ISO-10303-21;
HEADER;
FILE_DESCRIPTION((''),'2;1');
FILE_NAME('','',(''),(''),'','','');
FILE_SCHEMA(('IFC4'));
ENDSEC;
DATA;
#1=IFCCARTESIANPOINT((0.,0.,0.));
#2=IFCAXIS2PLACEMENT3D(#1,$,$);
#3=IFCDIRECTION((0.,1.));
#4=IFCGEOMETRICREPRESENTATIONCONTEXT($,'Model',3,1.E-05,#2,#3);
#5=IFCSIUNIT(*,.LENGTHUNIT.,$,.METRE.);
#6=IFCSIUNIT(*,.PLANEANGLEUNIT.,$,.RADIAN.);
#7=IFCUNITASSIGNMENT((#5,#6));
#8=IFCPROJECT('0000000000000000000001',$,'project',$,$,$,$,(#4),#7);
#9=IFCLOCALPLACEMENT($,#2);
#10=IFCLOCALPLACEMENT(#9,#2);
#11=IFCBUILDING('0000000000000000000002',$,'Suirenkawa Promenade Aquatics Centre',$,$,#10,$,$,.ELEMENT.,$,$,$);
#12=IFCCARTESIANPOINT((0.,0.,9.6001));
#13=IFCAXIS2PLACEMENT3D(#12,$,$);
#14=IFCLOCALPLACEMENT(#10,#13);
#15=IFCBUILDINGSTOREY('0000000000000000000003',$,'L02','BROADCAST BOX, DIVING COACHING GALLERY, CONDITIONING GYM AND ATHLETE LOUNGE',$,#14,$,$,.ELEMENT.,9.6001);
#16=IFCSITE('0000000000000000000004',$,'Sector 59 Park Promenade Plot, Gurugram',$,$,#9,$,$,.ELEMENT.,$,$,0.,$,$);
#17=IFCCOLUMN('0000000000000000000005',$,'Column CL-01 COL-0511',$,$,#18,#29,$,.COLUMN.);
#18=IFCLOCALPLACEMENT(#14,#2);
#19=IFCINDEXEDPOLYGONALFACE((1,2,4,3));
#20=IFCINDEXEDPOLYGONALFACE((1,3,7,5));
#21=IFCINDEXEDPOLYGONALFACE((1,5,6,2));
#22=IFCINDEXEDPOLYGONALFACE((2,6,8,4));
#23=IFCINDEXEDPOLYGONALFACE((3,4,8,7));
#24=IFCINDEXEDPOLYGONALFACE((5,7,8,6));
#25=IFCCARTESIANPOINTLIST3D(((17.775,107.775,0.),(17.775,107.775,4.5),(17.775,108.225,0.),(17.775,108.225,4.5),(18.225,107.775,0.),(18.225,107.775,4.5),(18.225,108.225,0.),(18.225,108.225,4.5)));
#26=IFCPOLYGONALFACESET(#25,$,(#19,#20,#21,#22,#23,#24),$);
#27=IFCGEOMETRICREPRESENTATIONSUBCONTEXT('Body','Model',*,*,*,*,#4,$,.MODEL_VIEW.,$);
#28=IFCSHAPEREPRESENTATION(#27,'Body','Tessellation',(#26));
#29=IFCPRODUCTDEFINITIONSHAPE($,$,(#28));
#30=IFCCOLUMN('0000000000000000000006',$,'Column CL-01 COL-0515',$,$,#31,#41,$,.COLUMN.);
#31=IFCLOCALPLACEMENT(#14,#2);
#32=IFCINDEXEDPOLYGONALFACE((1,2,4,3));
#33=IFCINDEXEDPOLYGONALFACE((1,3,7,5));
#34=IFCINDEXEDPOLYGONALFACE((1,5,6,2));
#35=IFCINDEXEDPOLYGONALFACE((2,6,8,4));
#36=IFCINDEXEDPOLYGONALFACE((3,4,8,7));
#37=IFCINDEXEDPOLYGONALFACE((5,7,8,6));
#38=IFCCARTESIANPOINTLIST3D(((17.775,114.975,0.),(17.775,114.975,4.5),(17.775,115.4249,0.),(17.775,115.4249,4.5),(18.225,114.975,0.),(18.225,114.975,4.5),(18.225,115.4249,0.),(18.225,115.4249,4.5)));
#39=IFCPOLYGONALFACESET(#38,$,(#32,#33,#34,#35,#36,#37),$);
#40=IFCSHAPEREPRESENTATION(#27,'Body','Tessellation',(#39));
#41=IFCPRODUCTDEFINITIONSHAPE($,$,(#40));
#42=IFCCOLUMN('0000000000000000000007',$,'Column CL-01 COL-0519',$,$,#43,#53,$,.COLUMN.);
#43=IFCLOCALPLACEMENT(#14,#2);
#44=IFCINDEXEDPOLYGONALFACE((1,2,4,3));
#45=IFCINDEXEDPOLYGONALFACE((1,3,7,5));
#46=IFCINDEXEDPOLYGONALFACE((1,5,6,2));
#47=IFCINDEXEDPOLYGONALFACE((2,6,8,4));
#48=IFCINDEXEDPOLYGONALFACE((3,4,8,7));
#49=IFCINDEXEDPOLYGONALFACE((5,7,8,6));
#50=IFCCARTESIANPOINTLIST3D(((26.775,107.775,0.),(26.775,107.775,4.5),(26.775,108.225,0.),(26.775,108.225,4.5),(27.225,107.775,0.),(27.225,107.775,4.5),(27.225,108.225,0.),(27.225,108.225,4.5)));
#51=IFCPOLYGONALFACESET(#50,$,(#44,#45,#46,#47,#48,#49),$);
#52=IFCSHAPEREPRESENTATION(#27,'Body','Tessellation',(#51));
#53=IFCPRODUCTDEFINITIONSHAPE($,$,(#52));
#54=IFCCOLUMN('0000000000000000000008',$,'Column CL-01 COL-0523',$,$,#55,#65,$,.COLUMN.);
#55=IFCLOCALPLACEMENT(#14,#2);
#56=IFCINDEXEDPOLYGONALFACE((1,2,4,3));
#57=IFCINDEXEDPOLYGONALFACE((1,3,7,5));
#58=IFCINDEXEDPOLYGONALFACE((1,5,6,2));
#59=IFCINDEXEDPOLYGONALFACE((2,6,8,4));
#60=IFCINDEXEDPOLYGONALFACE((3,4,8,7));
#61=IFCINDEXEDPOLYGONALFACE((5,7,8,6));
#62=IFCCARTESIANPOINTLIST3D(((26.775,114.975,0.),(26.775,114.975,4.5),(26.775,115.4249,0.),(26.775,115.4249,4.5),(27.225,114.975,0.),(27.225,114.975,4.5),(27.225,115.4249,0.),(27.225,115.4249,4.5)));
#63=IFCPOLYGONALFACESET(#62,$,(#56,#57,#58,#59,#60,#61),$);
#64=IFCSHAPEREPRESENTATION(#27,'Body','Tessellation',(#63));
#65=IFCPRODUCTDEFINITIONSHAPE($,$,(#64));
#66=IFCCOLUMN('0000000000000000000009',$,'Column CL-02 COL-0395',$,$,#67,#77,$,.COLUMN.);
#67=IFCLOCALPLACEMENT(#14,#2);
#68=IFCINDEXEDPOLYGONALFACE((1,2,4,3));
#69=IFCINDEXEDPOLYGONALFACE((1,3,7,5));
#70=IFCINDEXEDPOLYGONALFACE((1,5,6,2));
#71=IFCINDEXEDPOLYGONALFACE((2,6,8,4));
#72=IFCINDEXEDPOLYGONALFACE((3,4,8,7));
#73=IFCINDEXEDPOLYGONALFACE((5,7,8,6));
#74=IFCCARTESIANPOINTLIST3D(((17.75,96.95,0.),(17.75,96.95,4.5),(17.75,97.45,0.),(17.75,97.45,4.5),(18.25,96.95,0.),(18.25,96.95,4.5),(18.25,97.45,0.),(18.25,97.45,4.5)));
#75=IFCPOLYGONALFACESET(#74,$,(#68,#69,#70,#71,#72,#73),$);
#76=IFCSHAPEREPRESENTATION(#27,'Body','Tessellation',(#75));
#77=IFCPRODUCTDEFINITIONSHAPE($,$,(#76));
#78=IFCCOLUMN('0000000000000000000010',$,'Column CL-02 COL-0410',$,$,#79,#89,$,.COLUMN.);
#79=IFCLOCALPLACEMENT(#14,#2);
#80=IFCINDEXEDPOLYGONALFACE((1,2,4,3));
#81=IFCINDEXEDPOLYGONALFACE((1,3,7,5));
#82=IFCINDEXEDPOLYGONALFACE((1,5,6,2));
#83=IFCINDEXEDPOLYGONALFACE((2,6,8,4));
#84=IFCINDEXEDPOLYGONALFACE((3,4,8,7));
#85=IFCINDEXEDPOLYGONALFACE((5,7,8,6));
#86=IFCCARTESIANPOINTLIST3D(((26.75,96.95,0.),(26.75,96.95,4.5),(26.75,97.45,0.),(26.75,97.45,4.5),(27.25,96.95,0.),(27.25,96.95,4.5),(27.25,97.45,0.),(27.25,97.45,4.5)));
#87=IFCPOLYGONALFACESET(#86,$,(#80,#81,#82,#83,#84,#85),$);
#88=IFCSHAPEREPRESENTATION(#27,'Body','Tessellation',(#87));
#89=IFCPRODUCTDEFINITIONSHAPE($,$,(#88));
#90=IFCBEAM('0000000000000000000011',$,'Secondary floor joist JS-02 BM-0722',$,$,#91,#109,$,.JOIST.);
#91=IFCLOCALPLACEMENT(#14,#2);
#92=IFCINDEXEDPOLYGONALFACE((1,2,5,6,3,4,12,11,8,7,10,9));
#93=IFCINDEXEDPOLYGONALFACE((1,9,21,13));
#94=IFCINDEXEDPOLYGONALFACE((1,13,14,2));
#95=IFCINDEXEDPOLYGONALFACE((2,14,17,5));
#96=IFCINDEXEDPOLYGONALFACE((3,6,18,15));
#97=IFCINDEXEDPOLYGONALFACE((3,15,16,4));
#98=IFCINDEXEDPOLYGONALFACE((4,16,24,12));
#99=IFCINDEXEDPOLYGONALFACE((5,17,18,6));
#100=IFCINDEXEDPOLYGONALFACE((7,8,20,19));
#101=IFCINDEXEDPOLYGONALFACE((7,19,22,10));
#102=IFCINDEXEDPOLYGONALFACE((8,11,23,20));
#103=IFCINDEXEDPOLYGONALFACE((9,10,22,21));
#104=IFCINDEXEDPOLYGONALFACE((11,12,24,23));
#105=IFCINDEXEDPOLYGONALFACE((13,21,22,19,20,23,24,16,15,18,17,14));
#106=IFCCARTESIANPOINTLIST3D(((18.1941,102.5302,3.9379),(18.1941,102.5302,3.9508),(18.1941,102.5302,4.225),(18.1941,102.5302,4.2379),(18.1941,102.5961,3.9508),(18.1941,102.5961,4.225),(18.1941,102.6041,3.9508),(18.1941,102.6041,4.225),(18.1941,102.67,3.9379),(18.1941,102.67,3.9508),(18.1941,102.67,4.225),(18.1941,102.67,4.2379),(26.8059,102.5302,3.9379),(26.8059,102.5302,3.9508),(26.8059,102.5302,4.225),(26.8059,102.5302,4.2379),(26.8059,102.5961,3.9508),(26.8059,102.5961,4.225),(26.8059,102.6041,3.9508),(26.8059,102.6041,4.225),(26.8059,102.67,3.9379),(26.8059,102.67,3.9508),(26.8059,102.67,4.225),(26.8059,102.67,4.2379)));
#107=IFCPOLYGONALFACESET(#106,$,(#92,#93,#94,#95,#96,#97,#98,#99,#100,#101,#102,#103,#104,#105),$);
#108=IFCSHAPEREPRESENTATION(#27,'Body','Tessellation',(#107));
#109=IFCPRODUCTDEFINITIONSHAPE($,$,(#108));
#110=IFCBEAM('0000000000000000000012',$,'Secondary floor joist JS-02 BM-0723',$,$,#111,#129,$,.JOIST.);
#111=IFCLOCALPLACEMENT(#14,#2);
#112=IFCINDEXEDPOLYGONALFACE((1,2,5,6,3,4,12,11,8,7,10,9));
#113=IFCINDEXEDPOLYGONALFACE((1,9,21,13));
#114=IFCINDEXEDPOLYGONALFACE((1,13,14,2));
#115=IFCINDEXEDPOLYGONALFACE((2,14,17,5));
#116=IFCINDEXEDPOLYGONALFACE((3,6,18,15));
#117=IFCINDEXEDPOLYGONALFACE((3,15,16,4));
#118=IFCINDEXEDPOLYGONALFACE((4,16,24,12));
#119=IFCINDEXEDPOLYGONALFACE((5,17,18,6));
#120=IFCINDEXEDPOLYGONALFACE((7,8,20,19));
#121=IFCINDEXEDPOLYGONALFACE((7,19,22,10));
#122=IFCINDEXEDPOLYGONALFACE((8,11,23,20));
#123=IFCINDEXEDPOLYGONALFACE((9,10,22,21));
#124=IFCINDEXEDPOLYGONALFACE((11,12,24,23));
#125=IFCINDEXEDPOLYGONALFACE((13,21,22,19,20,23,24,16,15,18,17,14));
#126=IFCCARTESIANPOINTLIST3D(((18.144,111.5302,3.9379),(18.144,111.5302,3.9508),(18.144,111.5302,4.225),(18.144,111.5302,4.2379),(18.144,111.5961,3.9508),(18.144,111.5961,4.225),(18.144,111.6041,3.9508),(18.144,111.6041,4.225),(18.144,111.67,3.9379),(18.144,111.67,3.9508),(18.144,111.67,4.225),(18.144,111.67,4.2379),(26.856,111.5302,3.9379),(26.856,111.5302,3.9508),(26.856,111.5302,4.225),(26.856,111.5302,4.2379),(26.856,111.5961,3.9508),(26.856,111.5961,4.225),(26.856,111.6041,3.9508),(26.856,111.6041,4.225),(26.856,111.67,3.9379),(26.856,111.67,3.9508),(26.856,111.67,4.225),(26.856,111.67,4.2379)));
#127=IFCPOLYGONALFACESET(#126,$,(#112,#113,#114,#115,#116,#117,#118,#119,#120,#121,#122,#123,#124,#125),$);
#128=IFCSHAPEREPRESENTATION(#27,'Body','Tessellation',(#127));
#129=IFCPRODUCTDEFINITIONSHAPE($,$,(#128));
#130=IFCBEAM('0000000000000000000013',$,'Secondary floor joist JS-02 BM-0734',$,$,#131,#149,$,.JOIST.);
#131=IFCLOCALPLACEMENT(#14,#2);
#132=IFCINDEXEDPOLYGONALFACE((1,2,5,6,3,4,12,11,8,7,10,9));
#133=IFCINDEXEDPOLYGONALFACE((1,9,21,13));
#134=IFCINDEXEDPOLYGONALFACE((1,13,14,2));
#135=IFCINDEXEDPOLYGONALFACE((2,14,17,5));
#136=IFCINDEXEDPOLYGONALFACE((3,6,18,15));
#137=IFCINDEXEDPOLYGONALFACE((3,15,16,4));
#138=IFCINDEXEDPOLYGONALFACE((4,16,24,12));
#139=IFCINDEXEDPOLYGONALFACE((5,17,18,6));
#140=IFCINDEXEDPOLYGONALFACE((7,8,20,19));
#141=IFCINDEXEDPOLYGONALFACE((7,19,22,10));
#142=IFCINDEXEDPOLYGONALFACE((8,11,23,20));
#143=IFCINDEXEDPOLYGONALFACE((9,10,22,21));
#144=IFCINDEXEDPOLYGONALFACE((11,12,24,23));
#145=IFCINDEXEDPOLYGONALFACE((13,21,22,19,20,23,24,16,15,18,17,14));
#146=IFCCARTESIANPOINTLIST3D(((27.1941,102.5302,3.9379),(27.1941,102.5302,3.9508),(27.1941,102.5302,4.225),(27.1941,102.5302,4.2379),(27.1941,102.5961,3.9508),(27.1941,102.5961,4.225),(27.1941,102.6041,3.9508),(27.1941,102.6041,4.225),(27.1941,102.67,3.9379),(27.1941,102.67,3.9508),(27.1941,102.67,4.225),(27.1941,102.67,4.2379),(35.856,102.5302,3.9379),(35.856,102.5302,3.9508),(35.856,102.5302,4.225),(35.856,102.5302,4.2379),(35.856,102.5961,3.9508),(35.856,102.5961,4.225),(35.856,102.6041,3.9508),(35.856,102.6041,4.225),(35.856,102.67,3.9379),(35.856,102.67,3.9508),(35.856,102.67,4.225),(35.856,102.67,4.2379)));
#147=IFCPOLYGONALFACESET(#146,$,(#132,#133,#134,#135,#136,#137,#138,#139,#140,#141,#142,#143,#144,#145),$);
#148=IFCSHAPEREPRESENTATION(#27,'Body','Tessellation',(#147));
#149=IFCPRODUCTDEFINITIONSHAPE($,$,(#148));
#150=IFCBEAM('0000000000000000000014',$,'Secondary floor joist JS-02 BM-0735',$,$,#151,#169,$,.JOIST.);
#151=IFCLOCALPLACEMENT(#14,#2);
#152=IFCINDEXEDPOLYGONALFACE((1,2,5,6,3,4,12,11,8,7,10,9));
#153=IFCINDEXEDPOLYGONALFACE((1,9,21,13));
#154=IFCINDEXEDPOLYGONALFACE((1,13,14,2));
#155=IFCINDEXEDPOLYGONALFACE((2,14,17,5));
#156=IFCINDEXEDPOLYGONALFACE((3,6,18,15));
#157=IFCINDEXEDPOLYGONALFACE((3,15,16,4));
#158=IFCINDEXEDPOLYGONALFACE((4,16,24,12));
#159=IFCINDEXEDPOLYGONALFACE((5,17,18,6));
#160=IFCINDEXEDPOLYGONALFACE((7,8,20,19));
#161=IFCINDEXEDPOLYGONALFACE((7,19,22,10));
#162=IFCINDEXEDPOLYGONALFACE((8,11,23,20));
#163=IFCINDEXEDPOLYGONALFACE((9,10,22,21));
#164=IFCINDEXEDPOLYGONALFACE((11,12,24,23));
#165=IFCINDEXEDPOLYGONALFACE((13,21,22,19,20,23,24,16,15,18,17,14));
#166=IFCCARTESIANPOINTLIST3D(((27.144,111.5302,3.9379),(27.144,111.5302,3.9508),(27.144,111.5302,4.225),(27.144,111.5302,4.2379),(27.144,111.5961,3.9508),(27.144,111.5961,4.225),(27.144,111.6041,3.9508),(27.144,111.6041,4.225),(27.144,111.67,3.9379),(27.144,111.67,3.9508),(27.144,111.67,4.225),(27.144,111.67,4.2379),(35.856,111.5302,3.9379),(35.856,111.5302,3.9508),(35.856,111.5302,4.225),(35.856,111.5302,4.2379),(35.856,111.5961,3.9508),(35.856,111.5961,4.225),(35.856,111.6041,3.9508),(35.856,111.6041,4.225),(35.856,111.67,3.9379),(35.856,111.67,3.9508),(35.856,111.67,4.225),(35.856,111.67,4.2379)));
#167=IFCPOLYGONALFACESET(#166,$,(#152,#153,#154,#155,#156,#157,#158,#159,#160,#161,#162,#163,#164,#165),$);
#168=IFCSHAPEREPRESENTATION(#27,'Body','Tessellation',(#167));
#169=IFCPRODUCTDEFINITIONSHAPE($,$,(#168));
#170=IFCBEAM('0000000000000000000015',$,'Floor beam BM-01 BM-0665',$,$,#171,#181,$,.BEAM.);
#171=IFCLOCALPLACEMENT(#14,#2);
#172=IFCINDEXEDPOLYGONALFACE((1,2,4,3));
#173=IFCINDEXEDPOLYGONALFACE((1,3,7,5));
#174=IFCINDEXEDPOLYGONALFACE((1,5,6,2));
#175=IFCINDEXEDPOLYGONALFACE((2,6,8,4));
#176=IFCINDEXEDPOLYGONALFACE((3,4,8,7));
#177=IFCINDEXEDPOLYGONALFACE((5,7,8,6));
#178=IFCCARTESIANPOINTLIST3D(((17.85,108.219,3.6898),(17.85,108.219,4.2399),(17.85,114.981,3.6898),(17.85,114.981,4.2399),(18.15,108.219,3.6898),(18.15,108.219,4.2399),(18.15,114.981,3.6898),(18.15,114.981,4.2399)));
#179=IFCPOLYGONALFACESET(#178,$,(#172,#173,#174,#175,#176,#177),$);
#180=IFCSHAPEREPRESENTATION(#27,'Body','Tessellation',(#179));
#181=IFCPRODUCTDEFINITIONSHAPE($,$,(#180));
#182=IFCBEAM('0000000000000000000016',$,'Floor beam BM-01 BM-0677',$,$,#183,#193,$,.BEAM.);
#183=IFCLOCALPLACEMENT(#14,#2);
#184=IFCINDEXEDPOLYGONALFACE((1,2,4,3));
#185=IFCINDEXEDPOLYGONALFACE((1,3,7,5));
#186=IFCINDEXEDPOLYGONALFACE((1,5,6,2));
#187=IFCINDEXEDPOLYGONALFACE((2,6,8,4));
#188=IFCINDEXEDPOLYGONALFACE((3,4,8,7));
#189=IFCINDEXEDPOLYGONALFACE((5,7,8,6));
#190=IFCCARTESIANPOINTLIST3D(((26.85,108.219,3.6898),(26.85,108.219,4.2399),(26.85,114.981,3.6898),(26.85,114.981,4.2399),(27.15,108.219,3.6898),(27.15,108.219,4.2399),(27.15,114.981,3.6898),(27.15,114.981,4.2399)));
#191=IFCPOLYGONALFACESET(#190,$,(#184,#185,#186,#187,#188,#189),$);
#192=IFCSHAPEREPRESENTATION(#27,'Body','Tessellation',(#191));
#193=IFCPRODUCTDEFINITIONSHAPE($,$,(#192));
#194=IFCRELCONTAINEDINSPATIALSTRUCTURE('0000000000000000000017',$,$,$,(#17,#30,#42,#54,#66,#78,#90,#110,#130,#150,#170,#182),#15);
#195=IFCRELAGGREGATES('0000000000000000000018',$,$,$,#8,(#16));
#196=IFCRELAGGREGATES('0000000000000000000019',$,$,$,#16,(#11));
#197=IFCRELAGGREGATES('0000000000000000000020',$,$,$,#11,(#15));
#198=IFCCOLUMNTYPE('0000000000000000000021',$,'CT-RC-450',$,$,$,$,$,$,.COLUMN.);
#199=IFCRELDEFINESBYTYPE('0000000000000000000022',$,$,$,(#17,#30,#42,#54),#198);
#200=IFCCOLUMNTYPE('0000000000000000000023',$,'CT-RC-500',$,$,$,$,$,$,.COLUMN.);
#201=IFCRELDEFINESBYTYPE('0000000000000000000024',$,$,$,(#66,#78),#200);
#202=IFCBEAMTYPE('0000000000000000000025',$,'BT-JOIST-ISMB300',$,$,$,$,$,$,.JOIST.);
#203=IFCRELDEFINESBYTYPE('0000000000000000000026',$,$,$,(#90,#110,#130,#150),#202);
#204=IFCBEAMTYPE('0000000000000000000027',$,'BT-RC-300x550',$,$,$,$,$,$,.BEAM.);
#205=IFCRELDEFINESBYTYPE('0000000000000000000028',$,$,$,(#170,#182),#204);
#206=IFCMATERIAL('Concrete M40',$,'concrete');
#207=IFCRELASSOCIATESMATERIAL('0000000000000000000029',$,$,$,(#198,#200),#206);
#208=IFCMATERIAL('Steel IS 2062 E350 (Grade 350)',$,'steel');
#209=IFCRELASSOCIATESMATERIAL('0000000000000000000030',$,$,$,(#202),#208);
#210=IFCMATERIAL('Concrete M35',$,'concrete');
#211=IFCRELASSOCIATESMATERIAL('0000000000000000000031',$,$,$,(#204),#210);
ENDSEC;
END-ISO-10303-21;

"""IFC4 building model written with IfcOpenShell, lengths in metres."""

from ifc_helpers import new_model, si_unit, direction, frame, origin, origin_2d, place, context, subcontext, project, spatial, rectangle, i_section, extrude, material, material_profile, profile_set, type_object, element, save


model = new_model("IFC4")

# Units and contexts
model_context = context("Model", 3, precision=1e-05, world=origin(), true_north=direction((0.0, 1.0)))
body_context = subcontext(model_context, "Body", "Model", "MODEL_VIEW")
ifc_project = project(units=[si_unit("LENGTHUNIT", "METRE"), si_unit("PLANEANGLEUNIT", "RADIAN")], contexts=[model_context])

# Site, building, storey
site_placement = place(None, origin())
site = spatial("IfcSite", under=ifc_project, at=site_placement, Name="Sector 59 Park Promenade Plot, Gurugram", CompositionType="ELEMENT", RefElevation=0.0)
building_placement = place(site_placement, origin())
building = spatial("IfcBuilding", under=site, at=building_placement, Name="Suirenkawa Promenade Aquatics Centre", CompositionType="ELEMENT")
storey_placement = place(building_placement, frame((0.0, 0.0, 9.6001)))
storey = spatial("IfcBuildingStorey", under=building, at=storey_placement, Name="L02", Description="BROADCAST BOX, DIVING COACHING GALLERY, CONDITIONING GYM AND ATHLETE LOUNGE", CompositionType="ELEMENT", Elevation=9.6001)

# Columns
ifc_material_1 = material(Name="Concrete M40", Category="concrete")
ifc_material_profile_1 = material_profile(ifc_material_1, rectangle(XDim=0.45, YDim=0.45, at=origin_2d()), Name="RC COL 450x450", Category="concrete")
ifc_profile_set_1 = profile_set([ifc_material_profile_1], Name="Concrete M40")
column_type_1 = type_object("IfcColumnType", Name="CT-RC-450", PredefinedType="COLUMN", material=ifc_profile_set_1)
for number, where, z_axis, x_axis, name in (
    (1, (18.0, 108.0, 0.0), (0.0, 0.0, 1.0), (1.0, 0.0, 0.0), "Column CL-01 COL-0511"),
    (2, (18.0, 115.2, 0.0), (0.0, 0.0, 1.0), (1.0, 0.0, 0.0), "Column CL-01 COL-0515"),
    (3, (27.0, 108.0, 0.0), (0.0, 0.0, 1.0), (1.0, 0.0, 0.0), "Column CL-01 COL-0519"),
    (4, (27.0, 115.2, 0.0), (0.0, 0.0, 1.0), (1.0, 0.0, 0.0), "Column CL-01 COL-0523"),
):
    element("IfcColumn", number, at=place(storey_placement, frame(where, z_axis=z_axis, x_axis=x_axis)), inside=storey, type_object=column_type_1, Name=name, PredefinedType="COLUMN", context=body_context, shape_type="SweptSolid", body=[
        extrude(rectangle(XDim=0.45, YDim=0.45, at=origin_2d()), origin(), (0.0, 0.0, 1.0), 4.5),
    ])
ifc_material_profile_2 = material_profile(ifc_material_1, rectangle(XDim=0.5, YDim=0.5, at=origin_2d()), Name="RC COL 500x500", Category="concrete")
ifc_profile_set_2 = profile_set([ifc_material_profile_2], Name="Concrete M40")
column_type_2 = type_object("IfcColumnType", Name="CT-RC-500", PredefinedType="COLUMN", material=ifc_profile_set_2)
for number, where, z_axis, x_axis, name in (
    (5, (18.0, 97.2, 0.0), (0.0, 0.0, 1.0), (1.0, 0.0, 0.0), "Column CL-02 COL-0395"),
    (6, (27.0, 97.2, 0.0), (0.0, 0.0, 1.0), (1.0, 0.0, 0.0), "Column CL-02 COL-0410"),
):
    element("IfcColumn", number, at=place(storey_placement, frame(where, z_axis=z_axis, x_axis=x_axis)), inside=storey, type_object=column_type_2, Name=name, PredefinedType="COLUMN", context=body_context, shape_type="SweptSolid", body=[
        extrude(rectangle(XDim=0.5, YDim=0.5, at=origin_2d()), origin(), (0.0, 0.0, 1.0), 4.5),
    ])

# Beams
ifc_material_2 = material(Name="Steel IS 2062 E350 (Grade 350)", Category="steel")
ifc_material_profile_3 = material_profile(ifc_material_2, i_section(OverallWidth=0.1399, OverallDepth=0.3, WebThickness=0.0081, FlangeThickness=0.0129, at=origin_2d()), Name="ISMB 300", Category="steel")
ifc_profile_set_3 = profile_set([ifc_material_profile_3], Name="Steel IS 2062 E350 (Grade 350)")
beam_type_1 = type_object("IfcBeamType", Name="BT-JOIST-ISMB300", PredefinedType="JOIST", material=ifc_profile_set_3)
beam_1_placement = place(storey_placement, frame((18.1941, 102.6001, 4.0879), z_axis=(1.0, 0.0, 0.0), x_axis=(0.0, 1.0, 0.0)))
element("IfcBeam", 7, at=beam_1_placement, inside=storey, type_object=beam_type_1, Name="Secondary floor joist JS-02 BM-0722", PredefinedType="JOIST", context=body_context, shape_type="SweptSolid", body=[
    extrude(i_section(OverallWidth=0.1399, OverallDepth=0.3, WebThickness=0.0081, FlangeThickness=0.0129, at=origin_2d()), origin(), (0.0, 0.0, 1.0), 8.6118),
])
beam_2_placement = place(storey_placement, frame((18.144, 111.6001, 4.0879), z_axis=(1.0, 0.0, 0.0), x_axis=(0.0, 1.0, 0.0)))
element("IfcBeam", 8, at=beam_2_placement, inside=storey, type_object=beam_type_1, Name="Secondary floor joist JS-02 BM-0723", PredefinedType="JOIST", context=body_context, shape_type="SweptSolid", body=[
    extrude(i_section(OverallWidth=0.1399, OverallDepth=0.3, WebThickness=0.0081, FlangeThickness=0.0129, at=origin_2d()), origin(), (0.0, 0.0, 1.0), 8.7119),
])
beam_3_placement = place(storey_placement, frame((27.1941, 102.6001, 4.0879), z_axis=(1.0, 0.0, 0.0), x_axis=(0.0, 1.0, 0.0)))
element("IfcBeam", 9, at=beam_3_placement, inside=storey, type_object=beam_type_1, Name="Secondary floor joist JS-02 BM-0734", PredefinedType="JOIST", context=body_context, shape_type="SweptSolid", body=[
    extrude(i_section(OverallWidth=0.1399, OverallDepth=0.3, WebThickness=0.0081, FlangeThickness=0.0129, at=origin_2d()), origin(), (0.0, 0.0, 1.0), 8.6619),
])
beam_4_placement = place(storey_placement, frame((27.144, 111.6001, 4.0879), z_axis=(1.0, 0.0, 0.0), x_axis=(0.0, 1.0, 0.0)))
element("IfcBeam", 10, at=beam_4_placement, inside=storey, type_object=beam_type_1, Name="Secondary floor joist JS-02 BM-0735", PredefinedType="JOIST", context=body_context, shape_type="SweptSolid", body=[
    extrude(i_section(OverallWidth=0.1399, OverallDepth=0.3, WebThickness=0.0081, FlangeThickness=0.0129, at=origin_2d()), origin(), (0.0, 0.0, 1.0), 8.7119),
])
ifc_material_3 = material(Name="Concrete M35", Category="concrete")
ifc_material_profile_4 = material_profile(ifc_material_3, rectangle(XDim=0.3, YDim=0.55, at=origin_2d()), Name="RC BM 300x550", Category="concrete")
ifc_profile_set_4 = profile_set([ifc_material_profile_4], Name="Concrete M35")
beam_type_2 = type_object("IfcBeamType", Name="BT-RC-300x550", PredefinedType="BEAM", material=ifc_profile_set_4)
for number, where, z_axis, x_axis, name in (
    (11, (18.0, 108.219, 3.9648), (0.0, 1.0, 0.0), (-1.0, 0.0, 0.0), "Floor beam BM-01 BM-0665"),
    (12, (27.0, 108.219, 3.9648), (0.0, 1.0, 0.0), (-1.0, 0.0, 0.0), "Floor beam BM-01 BM-0677"),
):
    element("IfcBeam", number, at=place(storey_placement, frame(where, z_axis=z_axis, x_axis=x_axis)), inside=storey, type_object=beam_type_2, Name=name, PredefinedType="BEAM", context=body_context, shape_type="SweptSolid", body=[
        extrude(rectangle(XDim=0.3, YDim=0.55, at=origin_2d()), origin(), (0.0, 0.0, 1.0), 6.762),
    ])

save(model, "model.ifc")
